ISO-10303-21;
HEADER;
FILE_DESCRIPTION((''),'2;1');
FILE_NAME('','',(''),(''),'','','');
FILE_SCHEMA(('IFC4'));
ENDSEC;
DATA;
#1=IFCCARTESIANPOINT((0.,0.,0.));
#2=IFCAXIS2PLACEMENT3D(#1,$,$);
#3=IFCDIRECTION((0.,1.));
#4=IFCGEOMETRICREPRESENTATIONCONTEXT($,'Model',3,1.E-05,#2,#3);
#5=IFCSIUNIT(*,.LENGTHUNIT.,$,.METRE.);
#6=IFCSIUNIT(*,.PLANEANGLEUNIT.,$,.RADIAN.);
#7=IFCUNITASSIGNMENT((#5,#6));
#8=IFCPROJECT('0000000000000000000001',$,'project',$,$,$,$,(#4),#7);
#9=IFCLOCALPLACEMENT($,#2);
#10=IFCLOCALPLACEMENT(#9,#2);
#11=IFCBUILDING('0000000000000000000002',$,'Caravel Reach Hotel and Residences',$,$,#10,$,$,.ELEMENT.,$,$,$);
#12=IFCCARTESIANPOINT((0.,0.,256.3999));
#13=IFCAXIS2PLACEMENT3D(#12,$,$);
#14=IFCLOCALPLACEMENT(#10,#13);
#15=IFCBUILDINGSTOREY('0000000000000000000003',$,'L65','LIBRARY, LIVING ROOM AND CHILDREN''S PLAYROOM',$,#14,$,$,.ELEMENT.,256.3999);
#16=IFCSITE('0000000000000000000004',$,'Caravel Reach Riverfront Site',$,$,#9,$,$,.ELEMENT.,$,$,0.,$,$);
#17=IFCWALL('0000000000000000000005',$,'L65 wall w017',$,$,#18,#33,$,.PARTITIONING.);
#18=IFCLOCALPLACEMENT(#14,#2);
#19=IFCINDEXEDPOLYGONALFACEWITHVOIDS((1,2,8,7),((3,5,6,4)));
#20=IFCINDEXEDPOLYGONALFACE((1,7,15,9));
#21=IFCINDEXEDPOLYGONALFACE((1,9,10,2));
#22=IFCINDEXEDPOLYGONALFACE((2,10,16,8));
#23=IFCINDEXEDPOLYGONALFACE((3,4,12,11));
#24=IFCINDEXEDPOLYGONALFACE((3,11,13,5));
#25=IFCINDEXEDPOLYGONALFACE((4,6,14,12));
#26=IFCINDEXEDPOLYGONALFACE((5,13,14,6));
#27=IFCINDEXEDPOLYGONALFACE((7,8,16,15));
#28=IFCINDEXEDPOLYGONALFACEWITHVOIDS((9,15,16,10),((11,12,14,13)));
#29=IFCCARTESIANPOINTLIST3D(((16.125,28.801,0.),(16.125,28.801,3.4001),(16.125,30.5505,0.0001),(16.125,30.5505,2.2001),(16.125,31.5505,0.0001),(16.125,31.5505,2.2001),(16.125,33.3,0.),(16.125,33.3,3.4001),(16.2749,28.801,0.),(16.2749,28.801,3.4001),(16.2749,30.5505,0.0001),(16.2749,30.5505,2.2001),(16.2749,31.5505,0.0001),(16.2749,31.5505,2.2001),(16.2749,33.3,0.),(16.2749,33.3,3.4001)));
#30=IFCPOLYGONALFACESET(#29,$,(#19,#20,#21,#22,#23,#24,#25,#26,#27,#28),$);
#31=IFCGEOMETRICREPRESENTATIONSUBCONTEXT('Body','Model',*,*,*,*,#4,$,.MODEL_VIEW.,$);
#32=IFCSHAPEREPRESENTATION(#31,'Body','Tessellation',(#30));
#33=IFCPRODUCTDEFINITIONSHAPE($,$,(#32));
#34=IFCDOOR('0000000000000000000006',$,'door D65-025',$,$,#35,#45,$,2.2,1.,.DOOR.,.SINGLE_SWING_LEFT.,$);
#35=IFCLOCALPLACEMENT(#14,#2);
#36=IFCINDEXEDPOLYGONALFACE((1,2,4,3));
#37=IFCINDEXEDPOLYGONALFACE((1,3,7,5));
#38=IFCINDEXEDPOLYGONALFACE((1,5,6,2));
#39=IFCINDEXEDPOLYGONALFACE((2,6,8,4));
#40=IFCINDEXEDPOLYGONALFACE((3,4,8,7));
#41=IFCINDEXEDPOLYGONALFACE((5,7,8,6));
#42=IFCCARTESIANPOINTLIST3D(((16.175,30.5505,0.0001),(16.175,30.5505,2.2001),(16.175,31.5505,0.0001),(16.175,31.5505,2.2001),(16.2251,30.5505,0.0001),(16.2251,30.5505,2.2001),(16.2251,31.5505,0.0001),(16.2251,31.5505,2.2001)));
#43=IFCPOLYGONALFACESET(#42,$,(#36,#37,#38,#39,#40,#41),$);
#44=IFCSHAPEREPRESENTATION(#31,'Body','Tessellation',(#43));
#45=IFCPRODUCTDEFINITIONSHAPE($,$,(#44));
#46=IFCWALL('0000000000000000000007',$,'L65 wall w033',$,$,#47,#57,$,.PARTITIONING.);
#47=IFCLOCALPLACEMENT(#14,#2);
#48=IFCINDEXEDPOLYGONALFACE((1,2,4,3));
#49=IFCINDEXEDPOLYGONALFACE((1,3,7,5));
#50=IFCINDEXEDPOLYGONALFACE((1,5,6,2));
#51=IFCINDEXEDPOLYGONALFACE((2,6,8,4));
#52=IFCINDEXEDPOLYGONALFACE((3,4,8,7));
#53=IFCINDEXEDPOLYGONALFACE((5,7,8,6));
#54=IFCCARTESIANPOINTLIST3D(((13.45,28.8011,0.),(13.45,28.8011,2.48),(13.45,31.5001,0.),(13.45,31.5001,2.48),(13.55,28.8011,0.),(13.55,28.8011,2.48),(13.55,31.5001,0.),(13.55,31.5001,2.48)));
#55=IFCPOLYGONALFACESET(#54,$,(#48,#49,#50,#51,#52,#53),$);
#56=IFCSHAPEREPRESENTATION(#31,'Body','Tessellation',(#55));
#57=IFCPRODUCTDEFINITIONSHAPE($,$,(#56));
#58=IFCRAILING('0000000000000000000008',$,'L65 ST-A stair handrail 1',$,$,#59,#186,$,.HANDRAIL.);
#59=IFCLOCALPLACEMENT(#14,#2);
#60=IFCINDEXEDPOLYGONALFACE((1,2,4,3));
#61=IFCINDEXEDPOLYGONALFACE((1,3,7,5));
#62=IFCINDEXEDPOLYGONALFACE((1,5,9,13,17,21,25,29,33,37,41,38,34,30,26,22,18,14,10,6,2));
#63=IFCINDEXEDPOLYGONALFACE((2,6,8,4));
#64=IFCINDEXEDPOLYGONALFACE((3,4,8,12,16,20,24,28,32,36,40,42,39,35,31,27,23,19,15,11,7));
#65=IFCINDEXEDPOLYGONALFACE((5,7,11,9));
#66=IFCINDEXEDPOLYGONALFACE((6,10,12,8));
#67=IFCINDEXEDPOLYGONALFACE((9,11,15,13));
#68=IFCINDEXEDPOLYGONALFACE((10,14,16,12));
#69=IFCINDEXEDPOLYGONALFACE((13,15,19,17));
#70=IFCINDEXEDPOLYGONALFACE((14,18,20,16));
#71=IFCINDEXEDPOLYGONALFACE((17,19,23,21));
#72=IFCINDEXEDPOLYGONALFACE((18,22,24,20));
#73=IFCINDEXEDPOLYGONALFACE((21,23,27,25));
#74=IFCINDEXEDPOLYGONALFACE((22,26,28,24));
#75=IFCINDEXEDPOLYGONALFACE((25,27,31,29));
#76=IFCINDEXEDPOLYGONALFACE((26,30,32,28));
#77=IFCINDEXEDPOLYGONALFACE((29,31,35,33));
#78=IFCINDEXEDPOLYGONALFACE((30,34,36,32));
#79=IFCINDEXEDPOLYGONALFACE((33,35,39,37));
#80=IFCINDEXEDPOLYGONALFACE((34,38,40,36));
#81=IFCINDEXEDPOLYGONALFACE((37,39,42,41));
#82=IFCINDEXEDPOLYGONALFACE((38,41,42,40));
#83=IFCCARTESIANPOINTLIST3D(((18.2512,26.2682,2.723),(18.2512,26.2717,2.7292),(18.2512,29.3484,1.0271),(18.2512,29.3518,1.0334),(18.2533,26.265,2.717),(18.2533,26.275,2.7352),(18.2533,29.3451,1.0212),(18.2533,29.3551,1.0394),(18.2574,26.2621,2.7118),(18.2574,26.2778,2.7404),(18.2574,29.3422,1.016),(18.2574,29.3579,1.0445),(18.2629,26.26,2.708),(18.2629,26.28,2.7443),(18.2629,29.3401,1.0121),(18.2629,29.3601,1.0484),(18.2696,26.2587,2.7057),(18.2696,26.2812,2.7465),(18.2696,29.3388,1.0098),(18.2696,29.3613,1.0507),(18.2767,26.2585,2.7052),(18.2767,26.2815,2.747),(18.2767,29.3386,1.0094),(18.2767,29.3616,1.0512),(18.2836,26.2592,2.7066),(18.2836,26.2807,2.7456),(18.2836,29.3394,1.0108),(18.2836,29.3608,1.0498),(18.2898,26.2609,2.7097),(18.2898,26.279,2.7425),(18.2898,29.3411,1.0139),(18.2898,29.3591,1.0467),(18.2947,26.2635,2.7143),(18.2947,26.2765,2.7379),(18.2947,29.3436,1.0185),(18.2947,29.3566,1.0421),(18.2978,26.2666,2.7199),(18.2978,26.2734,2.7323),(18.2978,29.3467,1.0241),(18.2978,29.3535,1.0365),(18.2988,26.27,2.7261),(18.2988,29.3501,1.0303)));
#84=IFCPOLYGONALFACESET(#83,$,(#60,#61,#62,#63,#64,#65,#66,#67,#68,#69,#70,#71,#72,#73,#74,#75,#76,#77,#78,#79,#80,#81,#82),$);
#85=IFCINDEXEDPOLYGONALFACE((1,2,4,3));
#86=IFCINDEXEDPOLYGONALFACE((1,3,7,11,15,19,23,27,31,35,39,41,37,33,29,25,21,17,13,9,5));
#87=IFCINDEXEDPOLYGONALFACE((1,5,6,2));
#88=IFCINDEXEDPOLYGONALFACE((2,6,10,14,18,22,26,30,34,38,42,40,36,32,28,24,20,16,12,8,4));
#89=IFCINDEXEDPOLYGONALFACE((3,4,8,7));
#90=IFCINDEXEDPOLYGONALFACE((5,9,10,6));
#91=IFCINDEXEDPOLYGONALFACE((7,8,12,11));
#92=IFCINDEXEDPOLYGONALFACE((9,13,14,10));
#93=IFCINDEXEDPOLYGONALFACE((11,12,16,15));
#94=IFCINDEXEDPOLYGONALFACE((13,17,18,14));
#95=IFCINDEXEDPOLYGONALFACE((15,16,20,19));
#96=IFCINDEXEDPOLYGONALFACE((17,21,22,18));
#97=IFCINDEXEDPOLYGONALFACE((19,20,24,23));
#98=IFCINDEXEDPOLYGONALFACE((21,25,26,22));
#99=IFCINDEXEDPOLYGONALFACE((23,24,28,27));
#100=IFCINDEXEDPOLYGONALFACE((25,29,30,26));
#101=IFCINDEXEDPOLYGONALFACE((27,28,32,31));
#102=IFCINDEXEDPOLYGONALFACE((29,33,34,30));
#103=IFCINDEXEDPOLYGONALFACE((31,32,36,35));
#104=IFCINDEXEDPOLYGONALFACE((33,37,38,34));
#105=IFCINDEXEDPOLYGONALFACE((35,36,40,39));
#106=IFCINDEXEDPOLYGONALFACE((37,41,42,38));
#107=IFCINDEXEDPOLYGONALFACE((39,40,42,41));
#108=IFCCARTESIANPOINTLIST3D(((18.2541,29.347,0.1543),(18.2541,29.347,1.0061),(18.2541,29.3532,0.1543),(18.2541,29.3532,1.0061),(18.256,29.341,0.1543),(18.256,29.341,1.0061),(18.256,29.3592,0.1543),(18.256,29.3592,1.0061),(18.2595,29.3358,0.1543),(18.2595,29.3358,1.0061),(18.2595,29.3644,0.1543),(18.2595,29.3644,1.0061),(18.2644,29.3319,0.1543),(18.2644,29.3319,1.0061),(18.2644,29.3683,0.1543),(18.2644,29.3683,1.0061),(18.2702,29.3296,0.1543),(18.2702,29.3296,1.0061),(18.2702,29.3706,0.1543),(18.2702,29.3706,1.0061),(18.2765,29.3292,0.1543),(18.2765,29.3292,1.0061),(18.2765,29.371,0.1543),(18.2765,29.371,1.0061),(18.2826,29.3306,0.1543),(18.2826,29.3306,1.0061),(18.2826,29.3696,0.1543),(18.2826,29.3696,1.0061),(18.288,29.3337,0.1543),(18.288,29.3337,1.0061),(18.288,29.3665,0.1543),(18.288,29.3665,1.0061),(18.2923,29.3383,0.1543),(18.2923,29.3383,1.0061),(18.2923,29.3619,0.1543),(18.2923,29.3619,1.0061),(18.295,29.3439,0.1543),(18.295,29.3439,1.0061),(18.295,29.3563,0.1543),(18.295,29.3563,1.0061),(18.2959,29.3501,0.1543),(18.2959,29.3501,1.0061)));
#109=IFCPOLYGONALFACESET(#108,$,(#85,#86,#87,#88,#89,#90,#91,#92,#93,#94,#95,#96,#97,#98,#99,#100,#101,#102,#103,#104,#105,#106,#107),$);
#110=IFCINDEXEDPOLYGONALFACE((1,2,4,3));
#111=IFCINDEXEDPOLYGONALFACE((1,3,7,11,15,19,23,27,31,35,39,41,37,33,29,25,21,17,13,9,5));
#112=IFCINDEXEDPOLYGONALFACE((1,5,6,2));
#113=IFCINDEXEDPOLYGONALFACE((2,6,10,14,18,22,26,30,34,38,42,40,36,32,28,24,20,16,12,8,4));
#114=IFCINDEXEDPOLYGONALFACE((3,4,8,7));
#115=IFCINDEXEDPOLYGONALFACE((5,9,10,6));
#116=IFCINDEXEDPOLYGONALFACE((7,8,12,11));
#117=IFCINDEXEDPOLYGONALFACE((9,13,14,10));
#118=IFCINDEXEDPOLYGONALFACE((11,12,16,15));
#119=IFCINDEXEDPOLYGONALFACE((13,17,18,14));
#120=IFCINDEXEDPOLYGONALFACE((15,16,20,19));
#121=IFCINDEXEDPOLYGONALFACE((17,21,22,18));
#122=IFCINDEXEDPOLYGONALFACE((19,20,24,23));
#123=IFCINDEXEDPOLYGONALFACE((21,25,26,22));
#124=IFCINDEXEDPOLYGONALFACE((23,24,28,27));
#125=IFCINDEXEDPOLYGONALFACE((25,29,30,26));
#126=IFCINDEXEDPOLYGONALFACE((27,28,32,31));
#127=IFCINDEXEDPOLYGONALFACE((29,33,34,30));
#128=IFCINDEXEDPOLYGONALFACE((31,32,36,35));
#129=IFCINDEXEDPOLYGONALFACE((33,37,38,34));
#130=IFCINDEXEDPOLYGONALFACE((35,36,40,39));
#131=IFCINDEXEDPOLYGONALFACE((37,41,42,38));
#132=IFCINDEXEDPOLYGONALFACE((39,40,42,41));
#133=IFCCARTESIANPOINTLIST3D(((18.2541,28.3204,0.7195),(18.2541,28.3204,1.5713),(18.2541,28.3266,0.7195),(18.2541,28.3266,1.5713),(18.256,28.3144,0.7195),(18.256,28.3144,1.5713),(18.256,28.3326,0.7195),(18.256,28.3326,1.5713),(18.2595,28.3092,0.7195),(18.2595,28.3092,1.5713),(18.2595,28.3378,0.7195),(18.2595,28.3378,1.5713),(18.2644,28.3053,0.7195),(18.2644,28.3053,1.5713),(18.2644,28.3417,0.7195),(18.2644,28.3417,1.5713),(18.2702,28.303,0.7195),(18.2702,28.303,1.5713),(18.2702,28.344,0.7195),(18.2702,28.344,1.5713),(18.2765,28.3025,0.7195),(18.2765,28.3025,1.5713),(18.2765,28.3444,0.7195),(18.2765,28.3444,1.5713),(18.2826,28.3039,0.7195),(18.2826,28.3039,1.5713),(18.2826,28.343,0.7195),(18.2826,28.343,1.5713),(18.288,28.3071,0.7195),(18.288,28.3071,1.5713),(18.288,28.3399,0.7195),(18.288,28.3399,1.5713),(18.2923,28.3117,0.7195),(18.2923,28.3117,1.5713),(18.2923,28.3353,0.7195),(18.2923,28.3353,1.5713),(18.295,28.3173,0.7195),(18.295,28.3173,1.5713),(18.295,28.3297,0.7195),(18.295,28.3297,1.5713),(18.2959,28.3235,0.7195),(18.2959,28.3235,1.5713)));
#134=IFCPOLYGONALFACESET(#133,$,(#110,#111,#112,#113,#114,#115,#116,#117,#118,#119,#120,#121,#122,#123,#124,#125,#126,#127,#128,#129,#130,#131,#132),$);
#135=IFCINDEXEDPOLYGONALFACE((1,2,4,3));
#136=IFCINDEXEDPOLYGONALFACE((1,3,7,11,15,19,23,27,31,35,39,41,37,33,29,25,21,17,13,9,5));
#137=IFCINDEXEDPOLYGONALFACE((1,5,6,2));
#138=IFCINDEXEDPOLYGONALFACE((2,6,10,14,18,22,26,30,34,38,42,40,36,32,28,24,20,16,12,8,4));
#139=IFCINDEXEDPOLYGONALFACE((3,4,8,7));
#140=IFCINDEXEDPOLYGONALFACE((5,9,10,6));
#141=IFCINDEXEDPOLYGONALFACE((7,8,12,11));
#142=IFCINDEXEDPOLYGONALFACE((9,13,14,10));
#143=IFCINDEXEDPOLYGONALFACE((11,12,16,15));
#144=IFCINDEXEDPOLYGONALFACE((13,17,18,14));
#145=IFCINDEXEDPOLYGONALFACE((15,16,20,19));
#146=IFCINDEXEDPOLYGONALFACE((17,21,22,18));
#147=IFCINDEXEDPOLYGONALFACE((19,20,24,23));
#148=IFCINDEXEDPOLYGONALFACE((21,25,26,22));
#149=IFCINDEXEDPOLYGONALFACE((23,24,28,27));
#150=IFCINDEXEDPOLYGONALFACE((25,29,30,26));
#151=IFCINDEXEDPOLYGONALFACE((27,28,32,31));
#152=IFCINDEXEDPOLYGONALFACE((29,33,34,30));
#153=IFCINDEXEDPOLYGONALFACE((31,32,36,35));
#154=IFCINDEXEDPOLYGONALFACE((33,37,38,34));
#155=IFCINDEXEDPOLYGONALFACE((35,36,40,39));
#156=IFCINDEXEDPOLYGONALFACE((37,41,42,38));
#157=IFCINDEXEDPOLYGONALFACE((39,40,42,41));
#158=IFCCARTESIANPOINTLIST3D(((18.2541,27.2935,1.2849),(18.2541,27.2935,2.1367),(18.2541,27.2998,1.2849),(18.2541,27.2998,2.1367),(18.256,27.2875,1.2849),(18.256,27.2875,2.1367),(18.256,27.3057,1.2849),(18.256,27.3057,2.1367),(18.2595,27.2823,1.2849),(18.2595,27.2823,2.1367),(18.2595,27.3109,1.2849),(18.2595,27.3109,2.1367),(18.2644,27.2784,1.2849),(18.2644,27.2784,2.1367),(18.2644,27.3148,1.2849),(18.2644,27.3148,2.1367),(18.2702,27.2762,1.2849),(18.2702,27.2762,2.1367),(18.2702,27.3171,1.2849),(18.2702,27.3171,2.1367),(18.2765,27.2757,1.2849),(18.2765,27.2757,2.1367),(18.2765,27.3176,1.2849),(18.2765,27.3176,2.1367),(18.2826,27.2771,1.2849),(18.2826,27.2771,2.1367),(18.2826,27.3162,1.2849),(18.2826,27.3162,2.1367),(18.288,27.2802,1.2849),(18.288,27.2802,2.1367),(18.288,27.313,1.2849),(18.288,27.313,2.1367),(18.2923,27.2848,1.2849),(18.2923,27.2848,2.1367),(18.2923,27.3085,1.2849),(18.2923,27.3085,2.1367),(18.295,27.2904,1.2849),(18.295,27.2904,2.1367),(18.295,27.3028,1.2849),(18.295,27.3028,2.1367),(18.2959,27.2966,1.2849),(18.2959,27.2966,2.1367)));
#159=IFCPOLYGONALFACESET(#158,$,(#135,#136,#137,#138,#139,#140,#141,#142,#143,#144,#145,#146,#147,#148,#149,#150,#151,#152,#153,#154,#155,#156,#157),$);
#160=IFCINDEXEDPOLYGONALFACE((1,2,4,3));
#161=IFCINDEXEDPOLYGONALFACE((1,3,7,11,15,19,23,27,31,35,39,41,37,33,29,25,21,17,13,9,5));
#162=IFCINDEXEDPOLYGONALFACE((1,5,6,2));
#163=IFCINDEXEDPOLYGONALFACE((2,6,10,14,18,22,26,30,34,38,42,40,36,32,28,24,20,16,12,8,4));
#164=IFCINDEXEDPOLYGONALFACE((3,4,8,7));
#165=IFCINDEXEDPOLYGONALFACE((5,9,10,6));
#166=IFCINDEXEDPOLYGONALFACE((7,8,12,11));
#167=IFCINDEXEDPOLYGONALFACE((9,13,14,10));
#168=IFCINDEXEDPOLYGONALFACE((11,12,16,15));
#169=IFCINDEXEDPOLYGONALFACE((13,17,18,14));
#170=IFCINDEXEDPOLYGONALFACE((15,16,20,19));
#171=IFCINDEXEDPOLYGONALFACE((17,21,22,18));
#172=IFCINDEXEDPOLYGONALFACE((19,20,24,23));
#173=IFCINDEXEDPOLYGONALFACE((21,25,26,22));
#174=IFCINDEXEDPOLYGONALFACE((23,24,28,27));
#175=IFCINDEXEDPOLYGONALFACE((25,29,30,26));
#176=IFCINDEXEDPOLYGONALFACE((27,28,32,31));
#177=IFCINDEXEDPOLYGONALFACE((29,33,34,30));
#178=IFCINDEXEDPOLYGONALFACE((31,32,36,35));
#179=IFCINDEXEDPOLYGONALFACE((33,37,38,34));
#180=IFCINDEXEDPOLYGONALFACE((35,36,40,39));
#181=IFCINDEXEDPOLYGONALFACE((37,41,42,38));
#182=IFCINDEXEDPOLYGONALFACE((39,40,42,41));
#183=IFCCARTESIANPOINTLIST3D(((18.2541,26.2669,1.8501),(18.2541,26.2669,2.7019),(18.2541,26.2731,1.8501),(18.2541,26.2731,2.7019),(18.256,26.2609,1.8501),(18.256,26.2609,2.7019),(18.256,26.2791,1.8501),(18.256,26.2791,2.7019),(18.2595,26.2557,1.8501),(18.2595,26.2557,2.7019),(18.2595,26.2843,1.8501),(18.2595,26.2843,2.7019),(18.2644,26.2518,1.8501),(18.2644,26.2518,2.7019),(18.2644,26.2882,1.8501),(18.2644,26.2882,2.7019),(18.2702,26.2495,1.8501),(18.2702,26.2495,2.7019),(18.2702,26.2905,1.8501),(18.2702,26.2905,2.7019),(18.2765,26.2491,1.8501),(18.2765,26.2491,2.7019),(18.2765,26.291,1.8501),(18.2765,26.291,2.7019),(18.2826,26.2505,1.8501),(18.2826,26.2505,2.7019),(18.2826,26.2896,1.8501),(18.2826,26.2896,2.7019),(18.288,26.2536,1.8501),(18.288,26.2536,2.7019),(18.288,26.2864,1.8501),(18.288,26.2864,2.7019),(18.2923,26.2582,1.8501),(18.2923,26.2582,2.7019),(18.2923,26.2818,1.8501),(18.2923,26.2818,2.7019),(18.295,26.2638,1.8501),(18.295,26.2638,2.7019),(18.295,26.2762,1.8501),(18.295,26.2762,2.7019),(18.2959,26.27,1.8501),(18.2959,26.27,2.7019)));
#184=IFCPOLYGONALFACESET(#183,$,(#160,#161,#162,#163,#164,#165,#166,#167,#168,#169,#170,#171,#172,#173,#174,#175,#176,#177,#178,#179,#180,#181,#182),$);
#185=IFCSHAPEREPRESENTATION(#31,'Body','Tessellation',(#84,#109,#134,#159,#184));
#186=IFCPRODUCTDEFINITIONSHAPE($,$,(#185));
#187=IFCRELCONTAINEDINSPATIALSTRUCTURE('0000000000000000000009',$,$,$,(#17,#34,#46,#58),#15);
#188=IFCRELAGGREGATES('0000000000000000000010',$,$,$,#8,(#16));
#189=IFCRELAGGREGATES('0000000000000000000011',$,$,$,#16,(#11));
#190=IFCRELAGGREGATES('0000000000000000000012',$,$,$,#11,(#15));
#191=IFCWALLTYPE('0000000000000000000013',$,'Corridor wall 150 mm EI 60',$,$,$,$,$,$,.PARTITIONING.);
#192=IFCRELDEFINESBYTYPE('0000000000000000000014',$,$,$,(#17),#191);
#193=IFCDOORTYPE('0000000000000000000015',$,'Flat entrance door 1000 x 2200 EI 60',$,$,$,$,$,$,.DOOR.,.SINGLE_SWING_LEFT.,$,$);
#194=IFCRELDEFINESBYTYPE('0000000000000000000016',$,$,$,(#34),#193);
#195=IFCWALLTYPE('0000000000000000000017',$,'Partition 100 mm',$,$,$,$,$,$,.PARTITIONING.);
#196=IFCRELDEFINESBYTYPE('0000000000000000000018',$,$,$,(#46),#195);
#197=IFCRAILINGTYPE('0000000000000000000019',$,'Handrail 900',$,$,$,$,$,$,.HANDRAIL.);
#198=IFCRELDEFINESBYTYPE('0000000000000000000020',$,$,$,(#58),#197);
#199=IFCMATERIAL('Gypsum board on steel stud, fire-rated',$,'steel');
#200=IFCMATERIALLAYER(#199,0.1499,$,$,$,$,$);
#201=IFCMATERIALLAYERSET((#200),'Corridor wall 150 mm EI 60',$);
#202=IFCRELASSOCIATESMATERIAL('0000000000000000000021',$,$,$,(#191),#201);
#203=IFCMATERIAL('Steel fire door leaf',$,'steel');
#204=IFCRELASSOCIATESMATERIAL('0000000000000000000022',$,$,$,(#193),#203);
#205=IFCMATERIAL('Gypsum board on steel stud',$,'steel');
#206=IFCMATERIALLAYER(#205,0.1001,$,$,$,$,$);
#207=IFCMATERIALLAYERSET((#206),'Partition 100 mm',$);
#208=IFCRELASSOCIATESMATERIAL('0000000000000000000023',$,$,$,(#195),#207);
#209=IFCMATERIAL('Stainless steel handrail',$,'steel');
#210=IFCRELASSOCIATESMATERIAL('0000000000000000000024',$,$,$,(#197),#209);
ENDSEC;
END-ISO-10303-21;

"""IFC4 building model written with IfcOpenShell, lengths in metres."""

from ifc_helpers import new_model, si_unit, direction, frame, frame_2d, origin, origin_2d, place, context, subcontext, project, spatial, rectangle, circle, extrude, material, layer, layer_set, type_object, element, fill, save


model = new_model("IFC4")

# Units and contexts
model_context = context("Model", 3, precision=1e-05, world=origin(), true_north=direction((0.0, 1.0)))
body_context = subcontext(model_context, "Body", "Model", "MODEL_VIEW")
ifc_project = project(units=[si_unit("LENGTHUNIT", "METRE"), si_unit("PLANEANGLEUNIT", "RADIAN")], contexts=[model_context])

# Site, building, storey
site_placement = place(None, origin())
site = spatial("IfcSite", under=ifc_project, at=site_placement, Name="Caravel Reach Riverfront Site", CompositionType="ELEMENT", RefElevation=0.0)
building_placement = place(site_placement, origin())
building = spatial("IfcBuilding", under=site, at=building_placement, Name="Caravel Reach Hotel and Residences", CompositionType="ELEMENT")
storey_placement = place(building_placement, frame((0.0, 0.0, 256.3999)))
storey = spatial("IfcBuildingStorey", under=building, at=storey_placement, Name="L65", Description="LIBRARY, LIVING ROOM AND CHILDREN'S PLAYROOM", CompositionType="ELEMENT", Elevation=256.3999)

# Shared definitions
ifc_material_1 = material(Name="Gypsum board on steel stud, fire-rated", Category="steel")
ifc_layer_1 = layer(ifc_material_1, 0.1499)
ifc_layer_set_1 = layer_set([ifc_layer_1], Name="Corridor wall 150 mm EI 60")
wall_type_1 = type_object("IfcWallType", Name="Corridor wall 150 mm EI 60", PredefinedType="PARTITIONING", material=ifc_layer_set_1)

# Wall, opening, door
wall_1_placement = place(storey_placement, frame((16.2, 28.801, 0.0), z_axis=(0.0, 0.0, 1.0), x_axis=(0.0, 1.0, 0.0)))
wall_1 = element("IfcWall", 1, at=wall_1_placement, inside=storey, type_object=wall_type_1, Name="L65 wall w017", PredefinedType="PARTITIONING", context=body_context, shape_type="SweptSolid", body=[
    extrude(rectangle(XDim=4.499, YDim=0.1499, at=frame_2d((2.2495, 0.0))), origin(), (0.0, 0.0, 1.0), 3.4001),
])
opening_1_placement = place(wall_1_placement, frame((1.7495, 0.0, 0.0)))
opening_1 = element("IfcOpeningElement", 2, at=opening_1_placement, cuts=wall_1, PredefinedType="OPENING", context=body_context, shape_type="SweptSolid", body=[
    extrude(rectangle(XDim=1.0, YDim=2.2, at=frame_2d((0.5, 1.1001))), frame((0.0, 0.085, 0.0), z_axis=(0.0, -1.0, 0.0), x_axis=(1.0, 0.0, 0.0)), (0.0, 0.0, 1.0), 0.1699),
])
ifc_material_2 = material(Name="Steel fire door leaf", Category="steel")
door_type_1 = type_object("IfcDoorType", Name="Flat entrance door 1000 x 2200 EI 60", OperationType="SINGLE_SWING_LEFT", PredefinedType="DOOR", material=ifc_material_2)
door_1_placement = place(opening_1_placement, origin())
door_1 = element("IfcDoor", 3, at=door_1_placement, inside=storey, type_object=door_type_1, Name="door D65-025", OperationType="SINGLE_SWING_LEFT", OverallHeight=2.2, OverallWidth=1.0, PredefinedType="DOOR", context=body_context, shape_type="SweptSolid", body=[
    extrude(rectangle(XDim=1.0, YDim=2.2, at=frame_2d((0.5, 1.1001))), frame((0.0, 0.0249, 0.0), z_axis=(0.0, -1.0, 0.0), x_axis=(1.0, 0.0, 0.0)), (0.0, 0.0, 1.0), 0.05),
])
fill(opening_1, door_1)

# Wall
ifc_material_3 = material(Name="Gypsum board on steel stud", Category="steel")
ifc_layer_2 = layer(ifc_material_3, 0.1001)
ifc_layer_set_2 = layer_set([ifc_layer_2], Name="Partition 100 mm")
wall_type_2 = type_object("IfcWallType", Name="Partition 100 mm", PredefinedType="PARTITIONING", material=ifc_layer_set_2)
wall_2_placement = place(storey_placement, frame((13.5, 28.801, 0.0), z_axis=(0.0, 0.0, 1.0), x_axis=(0.0, 1.0, 0.0)))
element("IfcWall", 4, at=wall_2_placement, inside=storey, type_object=wall_type_2, Name="L65 wall w033", PredefinedType="PARTITIONING", context=body_context, shape_type="SweptSolid", body=[
    extrude(rectangle(XDim=2.699, YDim=0.1001, at=frame_2d((1.3496, 0.0))), origin(), (0.0, 0.0, 1.0), 2.48),
])

# Railing
ifc_material_4 = material(Name="Stainless steel handrail", Category="steel")
railing_type = type_object("IfcRailingType", Name="Handrail 900", PredefinedType="HANDRAIL", material=ifc_material_4)
railing_placement = place(storey_placement, frame((18.2749, 29.3501, 0.1543)))
element("IfcRailing", 5, at=railing_placement, inside=storey, type_object=railing_type, Name="L65 ST-A stair handrail 1", PredefinedType="HANDRAIL", context=body_context, shape_type="SweptSolid", body=[
    extrude(circle(Radius=0.0239, at=origin_2d()), frame((0.0, 0.0, 0.876), z_axis=(0.0, -0.876005, 0.482303), x_axis=(1.0, 0.0, 0.0)), (0.0, 0.0, 1.0), 3.5161),
    extrude(circle(Radius=0.021, at=origin_2d()), origin(), (0.0, 0.0, 1.0), 0.8518),
    extrude(circle(Radius=0.021, at=origin_2d()), frame((0.0, -1.0266, 0.5652)), (0.0, 0.0, 1.0), 0.8518),
    extrude(circle(Radius=0.021, at=origin_2d()), frame((0.0, -2.0535, 1.1306)), (0.0, 0.0, 1.0), 0.8518),
    extrude(circle(Radius=0.021, at=origin_2d()), frame((0.0, -3.0801, 1.6958)), (0.0, 0.0, 1.0), 0.8518),
])

save(model, "model.ifc")
